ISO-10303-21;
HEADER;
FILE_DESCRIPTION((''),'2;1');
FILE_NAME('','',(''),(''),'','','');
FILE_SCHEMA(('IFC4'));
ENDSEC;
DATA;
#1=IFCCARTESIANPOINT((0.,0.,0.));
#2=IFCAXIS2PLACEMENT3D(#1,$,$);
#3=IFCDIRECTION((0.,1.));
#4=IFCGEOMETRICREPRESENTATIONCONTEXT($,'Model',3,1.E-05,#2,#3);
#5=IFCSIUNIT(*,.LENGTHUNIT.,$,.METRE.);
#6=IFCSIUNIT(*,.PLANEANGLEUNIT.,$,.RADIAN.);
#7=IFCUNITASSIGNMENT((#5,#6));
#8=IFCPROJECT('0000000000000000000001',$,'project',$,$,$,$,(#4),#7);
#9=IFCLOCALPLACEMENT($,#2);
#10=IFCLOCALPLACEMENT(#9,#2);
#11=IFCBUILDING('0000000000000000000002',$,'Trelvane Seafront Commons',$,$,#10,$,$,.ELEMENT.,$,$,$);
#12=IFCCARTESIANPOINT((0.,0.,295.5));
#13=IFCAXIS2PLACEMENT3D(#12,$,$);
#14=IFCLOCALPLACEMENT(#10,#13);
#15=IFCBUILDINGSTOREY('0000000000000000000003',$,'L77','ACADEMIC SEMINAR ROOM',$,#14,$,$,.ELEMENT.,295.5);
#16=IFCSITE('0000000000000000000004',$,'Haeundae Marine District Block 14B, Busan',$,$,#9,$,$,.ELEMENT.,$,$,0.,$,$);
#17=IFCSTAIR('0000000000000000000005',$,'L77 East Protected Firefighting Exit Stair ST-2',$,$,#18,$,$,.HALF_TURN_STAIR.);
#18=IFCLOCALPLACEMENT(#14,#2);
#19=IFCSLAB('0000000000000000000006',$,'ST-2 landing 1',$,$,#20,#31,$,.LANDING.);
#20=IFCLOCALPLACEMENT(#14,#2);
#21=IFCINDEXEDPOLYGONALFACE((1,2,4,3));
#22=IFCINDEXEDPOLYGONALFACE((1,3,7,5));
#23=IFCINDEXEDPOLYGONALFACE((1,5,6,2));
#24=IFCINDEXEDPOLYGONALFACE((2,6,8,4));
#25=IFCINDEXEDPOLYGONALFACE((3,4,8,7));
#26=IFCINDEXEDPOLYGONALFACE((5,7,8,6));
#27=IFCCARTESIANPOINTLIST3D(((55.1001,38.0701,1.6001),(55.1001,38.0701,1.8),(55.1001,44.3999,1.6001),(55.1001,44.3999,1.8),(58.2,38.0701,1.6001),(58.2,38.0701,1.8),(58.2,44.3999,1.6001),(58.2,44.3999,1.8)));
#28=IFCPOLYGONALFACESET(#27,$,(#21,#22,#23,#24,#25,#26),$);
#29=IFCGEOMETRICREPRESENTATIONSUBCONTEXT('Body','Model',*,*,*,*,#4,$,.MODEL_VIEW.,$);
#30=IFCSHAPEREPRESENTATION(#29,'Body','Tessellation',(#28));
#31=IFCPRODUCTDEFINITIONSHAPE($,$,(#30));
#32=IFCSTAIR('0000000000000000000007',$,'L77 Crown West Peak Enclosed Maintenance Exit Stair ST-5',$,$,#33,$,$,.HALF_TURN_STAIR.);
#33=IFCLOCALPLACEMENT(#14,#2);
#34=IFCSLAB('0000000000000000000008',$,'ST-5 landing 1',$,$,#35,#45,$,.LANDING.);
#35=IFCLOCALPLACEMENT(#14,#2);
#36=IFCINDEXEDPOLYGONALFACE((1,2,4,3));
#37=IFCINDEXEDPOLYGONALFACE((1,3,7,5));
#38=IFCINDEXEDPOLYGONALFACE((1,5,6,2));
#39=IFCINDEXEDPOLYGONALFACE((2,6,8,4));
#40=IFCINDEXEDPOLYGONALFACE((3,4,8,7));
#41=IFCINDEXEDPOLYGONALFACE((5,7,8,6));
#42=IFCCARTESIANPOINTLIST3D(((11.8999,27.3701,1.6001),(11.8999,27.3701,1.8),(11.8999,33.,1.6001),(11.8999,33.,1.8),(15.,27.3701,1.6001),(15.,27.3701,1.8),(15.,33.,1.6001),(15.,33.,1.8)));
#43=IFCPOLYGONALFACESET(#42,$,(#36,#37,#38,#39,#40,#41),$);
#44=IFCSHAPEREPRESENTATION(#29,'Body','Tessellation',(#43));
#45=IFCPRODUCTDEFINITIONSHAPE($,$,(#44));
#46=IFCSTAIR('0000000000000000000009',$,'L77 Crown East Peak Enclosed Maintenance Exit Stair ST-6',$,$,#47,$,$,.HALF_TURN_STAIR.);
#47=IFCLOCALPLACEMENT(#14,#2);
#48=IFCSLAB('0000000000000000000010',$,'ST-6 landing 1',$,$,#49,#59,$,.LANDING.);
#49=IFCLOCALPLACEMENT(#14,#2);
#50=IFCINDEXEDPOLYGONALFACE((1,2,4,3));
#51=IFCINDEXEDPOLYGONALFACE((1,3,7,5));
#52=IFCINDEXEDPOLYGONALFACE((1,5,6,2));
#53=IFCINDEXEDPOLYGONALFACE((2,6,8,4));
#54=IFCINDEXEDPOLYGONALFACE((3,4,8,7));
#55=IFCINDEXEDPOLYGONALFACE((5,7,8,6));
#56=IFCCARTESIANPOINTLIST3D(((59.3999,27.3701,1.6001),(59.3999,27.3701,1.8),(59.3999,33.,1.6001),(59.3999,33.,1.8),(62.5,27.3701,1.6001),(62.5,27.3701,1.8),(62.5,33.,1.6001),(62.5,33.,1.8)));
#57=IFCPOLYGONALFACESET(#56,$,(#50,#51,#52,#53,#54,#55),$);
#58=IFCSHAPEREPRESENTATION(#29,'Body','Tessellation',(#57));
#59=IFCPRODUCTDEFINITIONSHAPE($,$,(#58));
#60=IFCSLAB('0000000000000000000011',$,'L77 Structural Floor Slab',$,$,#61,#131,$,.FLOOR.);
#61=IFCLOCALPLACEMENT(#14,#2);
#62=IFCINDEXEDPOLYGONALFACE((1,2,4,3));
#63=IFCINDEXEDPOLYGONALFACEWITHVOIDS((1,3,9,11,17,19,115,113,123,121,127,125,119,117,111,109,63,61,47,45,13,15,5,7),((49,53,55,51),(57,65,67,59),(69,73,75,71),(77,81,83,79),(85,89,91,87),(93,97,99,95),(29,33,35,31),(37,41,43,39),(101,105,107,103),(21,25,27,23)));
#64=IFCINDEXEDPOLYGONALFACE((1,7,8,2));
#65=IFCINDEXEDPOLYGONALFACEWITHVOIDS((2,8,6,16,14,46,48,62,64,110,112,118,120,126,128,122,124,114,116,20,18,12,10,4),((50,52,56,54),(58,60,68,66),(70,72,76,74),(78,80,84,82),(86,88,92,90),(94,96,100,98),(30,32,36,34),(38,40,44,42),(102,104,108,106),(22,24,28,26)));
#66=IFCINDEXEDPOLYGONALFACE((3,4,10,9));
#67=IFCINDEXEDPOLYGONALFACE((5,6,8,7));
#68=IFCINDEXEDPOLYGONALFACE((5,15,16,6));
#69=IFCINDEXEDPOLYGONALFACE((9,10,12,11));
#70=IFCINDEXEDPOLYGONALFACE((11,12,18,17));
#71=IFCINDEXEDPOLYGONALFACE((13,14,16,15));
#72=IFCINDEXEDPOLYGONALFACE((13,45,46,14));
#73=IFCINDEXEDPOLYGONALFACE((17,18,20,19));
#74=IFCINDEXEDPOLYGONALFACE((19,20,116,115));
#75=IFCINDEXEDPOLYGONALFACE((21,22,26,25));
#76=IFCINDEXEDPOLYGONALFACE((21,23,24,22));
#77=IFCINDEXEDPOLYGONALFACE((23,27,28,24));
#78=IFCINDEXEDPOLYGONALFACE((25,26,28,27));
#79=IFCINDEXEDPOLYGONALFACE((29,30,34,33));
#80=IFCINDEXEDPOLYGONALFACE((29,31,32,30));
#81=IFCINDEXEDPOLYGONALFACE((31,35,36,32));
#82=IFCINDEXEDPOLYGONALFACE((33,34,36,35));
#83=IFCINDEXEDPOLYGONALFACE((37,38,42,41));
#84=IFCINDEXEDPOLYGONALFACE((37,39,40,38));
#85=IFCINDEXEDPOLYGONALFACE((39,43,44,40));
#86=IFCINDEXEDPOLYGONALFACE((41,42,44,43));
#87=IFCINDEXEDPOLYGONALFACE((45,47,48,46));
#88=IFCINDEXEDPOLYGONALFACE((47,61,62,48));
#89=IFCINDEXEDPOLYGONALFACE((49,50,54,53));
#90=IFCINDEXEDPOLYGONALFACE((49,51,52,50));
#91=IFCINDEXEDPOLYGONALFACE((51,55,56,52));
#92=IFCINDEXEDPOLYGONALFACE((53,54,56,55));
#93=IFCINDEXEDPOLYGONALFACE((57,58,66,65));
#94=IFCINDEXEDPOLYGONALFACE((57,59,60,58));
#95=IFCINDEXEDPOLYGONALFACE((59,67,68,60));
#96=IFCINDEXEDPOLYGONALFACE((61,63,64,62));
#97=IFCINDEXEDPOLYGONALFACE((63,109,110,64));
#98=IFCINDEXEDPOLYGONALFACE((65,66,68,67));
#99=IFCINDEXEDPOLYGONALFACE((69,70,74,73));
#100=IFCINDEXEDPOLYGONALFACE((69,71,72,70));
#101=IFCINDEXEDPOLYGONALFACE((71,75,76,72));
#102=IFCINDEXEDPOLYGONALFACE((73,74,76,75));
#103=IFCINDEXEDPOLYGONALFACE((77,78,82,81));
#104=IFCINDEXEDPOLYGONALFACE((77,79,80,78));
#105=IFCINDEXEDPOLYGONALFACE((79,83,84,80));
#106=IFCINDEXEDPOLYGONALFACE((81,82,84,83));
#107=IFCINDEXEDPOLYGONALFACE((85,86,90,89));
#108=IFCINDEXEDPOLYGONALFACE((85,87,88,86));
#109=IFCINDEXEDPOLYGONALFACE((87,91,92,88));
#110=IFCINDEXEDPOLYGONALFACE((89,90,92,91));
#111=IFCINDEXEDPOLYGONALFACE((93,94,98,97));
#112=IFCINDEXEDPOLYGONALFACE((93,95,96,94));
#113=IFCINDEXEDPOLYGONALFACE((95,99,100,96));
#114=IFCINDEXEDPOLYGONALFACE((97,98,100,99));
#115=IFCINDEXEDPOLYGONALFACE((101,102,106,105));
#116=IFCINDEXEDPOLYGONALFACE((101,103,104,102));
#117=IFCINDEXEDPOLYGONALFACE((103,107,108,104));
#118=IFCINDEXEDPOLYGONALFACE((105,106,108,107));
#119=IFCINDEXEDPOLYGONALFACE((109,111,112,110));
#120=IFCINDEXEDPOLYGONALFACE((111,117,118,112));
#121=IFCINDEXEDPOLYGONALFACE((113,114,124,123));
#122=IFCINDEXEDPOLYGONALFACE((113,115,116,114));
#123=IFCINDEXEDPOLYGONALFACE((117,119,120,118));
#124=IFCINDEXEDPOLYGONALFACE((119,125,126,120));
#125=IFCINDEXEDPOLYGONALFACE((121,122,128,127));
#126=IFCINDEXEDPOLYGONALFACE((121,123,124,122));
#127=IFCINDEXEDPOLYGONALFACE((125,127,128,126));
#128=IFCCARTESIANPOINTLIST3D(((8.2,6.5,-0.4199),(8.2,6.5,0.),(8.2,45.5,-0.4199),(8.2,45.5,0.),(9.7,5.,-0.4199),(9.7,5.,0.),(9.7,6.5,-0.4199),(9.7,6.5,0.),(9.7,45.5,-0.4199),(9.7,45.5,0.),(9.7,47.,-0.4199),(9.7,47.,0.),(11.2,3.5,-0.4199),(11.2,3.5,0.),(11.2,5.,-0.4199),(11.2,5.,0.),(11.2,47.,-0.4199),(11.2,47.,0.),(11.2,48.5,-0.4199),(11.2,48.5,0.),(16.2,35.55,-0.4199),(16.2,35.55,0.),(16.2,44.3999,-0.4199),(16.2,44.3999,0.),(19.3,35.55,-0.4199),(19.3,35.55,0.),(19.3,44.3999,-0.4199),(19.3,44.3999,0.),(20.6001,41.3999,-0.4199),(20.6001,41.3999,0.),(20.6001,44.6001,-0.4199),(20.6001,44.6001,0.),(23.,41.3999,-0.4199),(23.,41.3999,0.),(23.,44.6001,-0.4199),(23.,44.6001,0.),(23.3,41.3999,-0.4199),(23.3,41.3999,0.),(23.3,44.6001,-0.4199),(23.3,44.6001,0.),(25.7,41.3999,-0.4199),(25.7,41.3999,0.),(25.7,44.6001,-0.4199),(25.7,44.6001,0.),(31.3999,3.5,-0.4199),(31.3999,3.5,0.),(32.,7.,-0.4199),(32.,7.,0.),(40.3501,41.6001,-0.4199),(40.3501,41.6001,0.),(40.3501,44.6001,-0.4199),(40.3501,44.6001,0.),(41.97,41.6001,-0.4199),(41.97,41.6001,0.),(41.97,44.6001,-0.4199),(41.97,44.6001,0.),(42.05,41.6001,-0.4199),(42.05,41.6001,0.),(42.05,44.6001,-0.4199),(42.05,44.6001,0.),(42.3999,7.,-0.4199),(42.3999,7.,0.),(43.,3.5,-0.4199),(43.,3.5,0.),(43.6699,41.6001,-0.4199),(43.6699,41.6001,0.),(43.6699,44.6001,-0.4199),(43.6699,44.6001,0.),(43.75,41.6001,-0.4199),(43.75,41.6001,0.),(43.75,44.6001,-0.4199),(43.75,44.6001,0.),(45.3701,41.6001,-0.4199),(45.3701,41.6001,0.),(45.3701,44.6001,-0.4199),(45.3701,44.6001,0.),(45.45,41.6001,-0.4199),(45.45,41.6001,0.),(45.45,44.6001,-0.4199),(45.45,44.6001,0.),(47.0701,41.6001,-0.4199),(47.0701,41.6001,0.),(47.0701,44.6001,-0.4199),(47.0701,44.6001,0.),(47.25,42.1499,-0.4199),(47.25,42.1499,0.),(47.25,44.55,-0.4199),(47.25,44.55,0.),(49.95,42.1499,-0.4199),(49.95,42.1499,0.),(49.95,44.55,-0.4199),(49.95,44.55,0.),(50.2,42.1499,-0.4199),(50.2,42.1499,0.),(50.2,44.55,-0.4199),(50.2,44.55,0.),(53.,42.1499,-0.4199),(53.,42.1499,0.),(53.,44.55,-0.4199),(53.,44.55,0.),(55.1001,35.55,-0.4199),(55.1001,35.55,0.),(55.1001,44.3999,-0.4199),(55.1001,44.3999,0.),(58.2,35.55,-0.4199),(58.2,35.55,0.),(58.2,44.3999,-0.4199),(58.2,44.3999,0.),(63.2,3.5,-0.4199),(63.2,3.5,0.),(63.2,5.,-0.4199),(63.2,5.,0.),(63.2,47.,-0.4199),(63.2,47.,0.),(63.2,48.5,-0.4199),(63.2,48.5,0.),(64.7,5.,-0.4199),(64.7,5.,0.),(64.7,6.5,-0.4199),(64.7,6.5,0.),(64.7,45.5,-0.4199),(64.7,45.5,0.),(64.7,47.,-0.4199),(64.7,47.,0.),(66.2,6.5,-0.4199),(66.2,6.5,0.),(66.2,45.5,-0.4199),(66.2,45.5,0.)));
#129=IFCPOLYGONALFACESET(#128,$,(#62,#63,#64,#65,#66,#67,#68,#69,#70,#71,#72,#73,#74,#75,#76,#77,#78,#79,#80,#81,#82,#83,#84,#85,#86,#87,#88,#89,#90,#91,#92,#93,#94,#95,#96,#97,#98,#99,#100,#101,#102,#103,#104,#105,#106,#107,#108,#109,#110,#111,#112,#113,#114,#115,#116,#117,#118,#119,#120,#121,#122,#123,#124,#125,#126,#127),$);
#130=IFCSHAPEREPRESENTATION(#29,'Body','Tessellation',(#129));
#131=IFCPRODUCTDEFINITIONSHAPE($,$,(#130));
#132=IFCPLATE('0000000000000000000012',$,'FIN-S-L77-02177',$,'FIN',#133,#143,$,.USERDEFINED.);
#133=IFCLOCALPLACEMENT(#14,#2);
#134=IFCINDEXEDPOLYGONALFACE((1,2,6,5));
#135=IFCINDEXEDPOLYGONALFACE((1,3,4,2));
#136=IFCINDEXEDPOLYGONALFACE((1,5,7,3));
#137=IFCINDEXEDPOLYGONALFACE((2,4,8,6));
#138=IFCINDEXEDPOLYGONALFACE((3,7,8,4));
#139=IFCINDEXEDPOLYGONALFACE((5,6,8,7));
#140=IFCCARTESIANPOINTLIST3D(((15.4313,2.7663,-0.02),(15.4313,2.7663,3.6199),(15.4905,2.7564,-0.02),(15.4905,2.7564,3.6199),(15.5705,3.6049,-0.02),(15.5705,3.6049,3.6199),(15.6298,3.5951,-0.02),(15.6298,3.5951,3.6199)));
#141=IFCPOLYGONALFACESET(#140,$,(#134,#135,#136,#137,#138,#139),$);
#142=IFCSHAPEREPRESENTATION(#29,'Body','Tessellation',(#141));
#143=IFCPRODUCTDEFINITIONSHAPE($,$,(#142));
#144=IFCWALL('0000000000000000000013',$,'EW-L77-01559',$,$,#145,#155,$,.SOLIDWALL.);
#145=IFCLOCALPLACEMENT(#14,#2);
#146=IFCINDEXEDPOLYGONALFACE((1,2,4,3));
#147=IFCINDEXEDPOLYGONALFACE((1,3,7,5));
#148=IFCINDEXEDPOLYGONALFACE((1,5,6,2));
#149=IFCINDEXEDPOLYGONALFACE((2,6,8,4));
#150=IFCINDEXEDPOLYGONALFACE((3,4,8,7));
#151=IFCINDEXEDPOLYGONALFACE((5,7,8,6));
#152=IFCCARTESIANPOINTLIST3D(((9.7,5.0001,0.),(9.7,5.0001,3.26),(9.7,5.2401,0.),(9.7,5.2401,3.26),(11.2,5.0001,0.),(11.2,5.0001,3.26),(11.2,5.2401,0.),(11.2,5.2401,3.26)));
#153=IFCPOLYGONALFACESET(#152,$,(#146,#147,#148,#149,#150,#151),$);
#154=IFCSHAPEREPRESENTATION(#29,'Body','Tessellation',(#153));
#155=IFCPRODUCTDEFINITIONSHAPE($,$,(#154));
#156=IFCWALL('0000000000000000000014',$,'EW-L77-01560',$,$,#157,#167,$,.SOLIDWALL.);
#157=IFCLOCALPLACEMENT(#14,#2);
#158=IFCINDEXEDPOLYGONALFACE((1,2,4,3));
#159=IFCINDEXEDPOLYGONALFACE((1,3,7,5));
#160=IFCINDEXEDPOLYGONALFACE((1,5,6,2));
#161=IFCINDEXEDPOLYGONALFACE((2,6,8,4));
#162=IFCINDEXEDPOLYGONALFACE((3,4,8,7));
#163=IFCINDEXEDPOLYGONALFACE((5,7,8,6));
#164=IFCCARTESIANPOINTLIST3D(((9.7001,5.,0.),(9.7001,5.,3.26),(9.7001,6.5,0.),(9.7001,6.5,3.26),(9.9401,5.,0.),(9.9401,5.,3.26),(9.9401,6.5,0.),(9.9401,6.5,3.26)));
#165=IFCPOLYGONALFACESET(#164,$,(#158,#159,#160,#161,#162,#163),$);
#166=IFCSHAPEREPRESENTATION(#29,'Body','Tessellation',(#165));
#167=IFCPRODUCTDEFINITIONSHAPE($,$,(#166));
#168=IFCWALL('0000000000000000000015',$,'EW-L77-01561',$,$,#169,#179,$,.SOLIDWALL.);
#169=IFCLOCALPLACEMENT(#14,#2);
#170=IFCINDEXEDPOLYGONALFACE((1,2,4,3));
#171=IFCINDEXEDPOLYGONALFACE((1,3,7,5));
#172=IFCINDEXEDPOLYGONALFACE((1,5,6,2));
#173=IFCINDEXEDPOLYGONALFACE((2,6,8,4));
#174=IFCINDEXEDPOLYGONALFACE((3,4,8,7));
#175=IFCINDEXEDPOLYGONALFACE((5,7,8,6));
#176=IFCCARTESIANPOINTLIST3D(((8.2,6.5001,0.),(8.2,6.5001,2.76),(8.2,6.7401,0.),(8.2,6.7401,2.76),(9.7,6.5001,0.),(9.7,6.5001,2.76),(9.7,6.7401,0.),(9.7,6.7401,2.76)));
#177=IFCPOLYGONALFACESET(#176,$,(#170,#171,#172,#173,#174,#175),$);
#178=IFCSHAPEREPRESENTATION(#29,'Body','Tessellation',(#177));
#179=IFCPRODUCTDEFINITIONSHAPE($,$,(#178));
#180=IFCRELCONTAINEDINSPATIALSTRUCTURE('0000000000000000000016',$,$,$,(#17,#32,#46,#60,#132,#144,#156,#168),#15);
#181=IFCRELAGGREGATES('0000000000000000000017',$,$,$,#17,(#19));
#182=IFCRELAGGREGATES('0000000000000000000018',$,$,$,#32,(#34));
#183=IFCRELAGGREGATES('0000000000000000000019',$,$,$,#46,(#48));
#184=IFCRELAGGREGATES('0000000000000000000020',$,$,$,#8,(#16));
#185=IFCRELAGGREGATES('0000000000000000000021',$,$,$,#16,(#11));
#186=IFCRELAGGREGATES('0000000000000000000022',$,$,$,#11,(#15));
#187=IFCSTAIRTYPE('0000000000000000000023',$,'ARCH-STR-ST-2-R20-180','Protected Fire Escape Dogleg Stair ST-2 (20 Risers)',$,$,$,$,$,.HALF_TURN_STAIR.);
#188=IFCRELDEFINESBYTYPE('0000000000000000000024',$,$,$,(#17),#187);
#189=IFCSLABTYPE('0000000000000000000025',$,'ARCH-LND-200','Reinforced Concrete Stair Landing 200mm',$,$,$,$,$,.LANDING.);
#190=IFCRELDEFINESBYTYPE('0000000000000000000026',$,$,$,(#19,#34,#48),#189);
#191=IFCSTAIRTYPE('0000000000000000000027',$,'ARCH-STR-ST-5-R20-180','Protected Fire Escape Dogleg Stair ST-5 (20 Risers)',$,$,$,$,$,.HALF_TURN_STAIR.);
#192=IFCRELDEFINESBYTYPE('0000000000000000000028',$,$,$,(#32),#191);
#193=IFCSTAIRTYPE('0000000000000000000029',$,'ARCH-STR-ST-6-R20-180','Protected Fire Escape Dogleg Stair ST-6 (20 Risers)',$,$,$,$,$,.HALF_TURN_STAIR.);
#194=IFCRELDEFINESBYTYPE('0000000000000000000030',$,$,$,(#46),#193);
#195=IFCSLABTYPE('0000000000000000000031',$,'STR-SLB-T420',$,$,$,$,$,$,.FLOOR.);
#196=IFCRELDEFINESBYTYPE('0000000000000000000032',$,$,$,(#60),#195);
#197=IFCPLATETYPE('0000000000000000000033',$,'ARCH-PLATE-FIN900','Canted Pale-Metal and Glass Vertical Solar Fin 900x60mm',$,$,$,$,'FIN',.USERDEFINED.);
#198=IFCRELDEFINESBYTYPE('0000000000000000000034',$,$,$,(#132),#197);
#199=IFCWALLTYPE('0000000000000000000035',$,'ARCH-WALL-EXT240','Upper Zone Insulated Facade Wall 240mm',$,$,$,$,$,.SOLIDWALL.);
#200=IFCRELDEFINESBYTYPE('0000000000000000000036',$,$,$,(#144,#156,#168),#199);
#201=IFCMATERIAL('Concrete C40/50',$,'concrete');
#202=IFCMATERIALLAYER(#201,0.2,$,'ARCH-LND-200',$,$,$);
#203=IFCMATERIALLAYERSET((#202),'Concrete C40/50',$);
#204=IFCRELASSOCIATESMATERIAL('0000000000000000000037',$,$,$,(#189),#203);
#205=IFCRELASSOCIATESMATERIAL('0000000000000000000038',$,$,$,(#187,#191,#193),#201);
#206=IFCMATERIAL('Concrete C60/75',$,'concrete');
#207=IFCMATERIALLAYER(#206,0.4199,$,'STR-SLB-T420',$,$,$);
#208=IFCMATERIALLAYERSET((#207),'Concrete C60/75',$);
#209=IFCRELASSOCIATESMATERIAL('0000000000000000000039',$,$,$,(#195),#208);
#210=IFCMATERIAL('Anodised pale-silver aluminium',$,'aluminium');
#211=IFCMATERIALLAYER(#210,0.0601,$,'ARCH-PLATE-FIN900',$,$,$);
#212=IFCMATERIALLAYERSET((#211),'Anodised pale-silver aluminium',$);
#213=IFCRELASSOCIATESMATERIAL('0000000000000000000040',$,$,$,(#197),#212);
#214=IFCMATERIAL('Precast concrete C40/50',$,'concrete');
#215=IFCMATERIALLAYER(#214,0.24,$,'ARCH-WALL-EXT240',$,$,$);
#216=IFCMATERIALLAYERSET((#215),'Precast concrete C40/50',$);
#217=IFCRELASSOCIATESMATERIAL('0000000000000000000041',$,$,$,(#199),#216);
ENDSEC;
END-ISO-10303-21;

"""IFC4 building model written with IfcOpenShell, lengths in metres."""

from ifc_helpers import new_model, si_unit, direction, frame, frame_2d, origin, origin_2d, place, context, subcontext, project, spatial, polyline, rectangle, outline, extrude, source, transform, mapped, material, layer, layer_set, type_object, element, aggregate, save


model = new_model("IFC4")

# Units and contexts
model_context = context("Model", 3, precision=1e-05, world=origin(), true_north=direction((0.0, 1.0)))
body_context = subcontext(model_context, "Body", "Model", "MODEL_VIEW")
ifc_project = project(units=[si_unit("LENGTHUNIT", "METRE"), si_unit("PLANEANGLEUNIT", "RADIAN")], contexts=[model_context])

# Site, building, storey
site_placement = place(None, origin())
site = spatial("IfcSite", under=ifc_project, at=site_placement, Name="Haeundae Marine District Block 14B, Busan", CompositionType="ELEMENT", RefElevation=0.0)
building_placement = place(site_placement, origin())
building = spatial("IfcBuilding", under=site, at=building_placement, Name="Trelvane Seafront Commons", CompositionType="ELEMENT")
storey_placement = place(building_placement, frame((0.0, 0.0, 295.5)))
storey = spatial("IfcBuildingStorey", under=building, at=storey_placement, Name="L77", Description="ACADEMIC SEMINAR ROOM", CompositionType="ELEMENT", Elevation=295.5)

# Shared definitions
ifc_material_1 = material(Name="Concrete C40/50", Category="concrete")

# Stairs, slabs
ifc_layer_1 = layer(ifc_material_1, 0.2, Name="ARCH-LND-200")
ifc_layer_set_1 = layer_set([ifc_layer_1], Name="Concrete C40/50")
slab_type_1 = type_object("IfcSlabType", Name="ARCH-LND-200", Description="Reinforced Concrete Stair Landing 200mm", PredefinedType="LANDING", material=ifc_layer_set_1)
stair_type_1 = type_object("IfcStairType", Name="ARCH-STR-ST-2-R20-180", Description="Protected Fire Escape Dogleg Stair ST-2 (20 Risers)", PredefinedType="HALF_TURN_STAIR", material=ifc_material_1)
stair_1_placement = place(storey_placement, origin())
stair_1 = element("IfcStair", 1, at=stair_1_placement, inside=storey, type_object=stair_type_1, Name="L77 East Protected Firefighting Exit Stair ST-2", PredefinedType="HALF_TURN_STAIR")
slab_1_placement = place(storey_placement, frame((0.0, 0.0, 1.6001)))
slab_1 = element("IfcSlab", 2, at=slab_1_placement, type_object=slab_type_1, Name="ST-2 landing 1", PredefinedType="LANDING", context=body_context, shape_type="SweptSolid", body=[
    extrude(outline(polyline([(58.2, 38.0701), (58.2, 44.3999), (55.1001, 44.3999), (55.1001, 38.0701), (58.2, 38.0701)])), origin(), (0.0, 0.0, 1.0), 0.2),
])
aggregate(stair_1, [slab_1])
stair_type_2 = type_object("IfcStairType", Name="ARCH-STR-ST-5-R20-180", Description="Protected Fire Escape Dogleg Stair ST-5 (20 Risers)", PredefinedType="HALF_TURN_STAIR", material=ifc_material_1)
stair_2_placement = place(storey_placement, origin())
stair_2 = element("IfcStair", 3, at=stair_2_placement, inside=storey, type_object=stair_type_2, Name="L77 Crown West Peak Enclosed Maintenance Exit Stair ST-5", PredefinedType="HALF_TURN_STAIR")
slab_2_placement = place(storey_placement, frame((0.0, 0.0, 1.6001)))
slab_2 = element("IfcSlab", 4, at=slab_2_placement, type_object=slab_type_1, Name="ST-5 landing 1", PredefinedType="LANDING", context=body_context, shape_type="SweptSolid", body=[
    extrude(outline(polyline([(15.0, 27.3701), (15.0, 33.0), (11.8999, 33.0), (11.8999, 27.3701), (15.0, 27.3701)])), origin(), (0.0, 0.0, 1.0), 0.2),
])
aggregate(stair_2, [slab_2])
stair_type_3 = type_object("IfcStairType", Name="ARCH-STR-ST-6-R20-180", Description="Protected Fire Escape Dogleg Stair ST-6 (20 Risers)", PredefinedType="HALF_TURN_STAIR", material=ifc_material_1)
stair_3_placement = place(storey_placement, origin())
stair_3 = element("IfcStair", 5, at=stair_3_placement, inside=storey, type_object=stair_type_3, Name="L77 Crown East Peak Enclosed Maintenance Exit Stair ST-6", PredefinedType="HALF_TURN_STAIR")
slab_3_placement = place(storey_placement, frame((0.0, 0.0, 1.6001)))
slab_3 = element("IfcSlab", 6, at=slab_3_placement, type_object=slab_type_1, Name="ST-6 landing 1", PredefinedType="LANDING", context=body_context, shape_type="SweptSolid", body=[
    extrude(outline(polyline([(62.5, 27.3701), (62.5, 33.0), (59.3999, 33.0), (59.3999, 27.3701), (62.5, 27.3701)])), origin(), (0.0, 0.0, 1.0), 0.2),
])
aggregate(stair_3, [slab_3])

# Slab
ifc_material_2 = material(Name="Concrete C60/75", Category="concrete")
ifc_layer_2 = layer(ifc_material_2, 0.4199, Name="STR-SLB-T420")
ifc_layer_set_2 = layer_set([ifc_layer_2], Name="Concrete C60/75")
slab_type_2 = type_object("IfcSlabType", Name="STR-SLB-T420", PredefinedType="FLOOR", material=ifc_layer_set_2)
slab_4_placement = place(storey_placement, frame((0.0, 0.0, -0.4199)))
element("IfcSlab", 7, at=slab_4_placement, inside=storey, type_object=slab_type_2, Name="L77 Structural Floor Slab", PredefinedType="FLOOR", context=body_context, shape_type="SweptSolid", body=[
    extrude(outline(polyline([(11.2, 3.5), (31.3999, 3.5), (32.0, 7.0), (42.3999, 7.0), (43.0, 3.5), (63.2, 3.5), (63.2, 5.0), (64.7, 5.0), (64.7, 6.5), (66.2, 6.5), (66.2, 45.5), (64.7, 45.5), (64.7, 47.0), (63.2, 47.0), (63.2, 48.5), (11.2, 48.5), (11.2, 47.0), (9.7, 47.0), (9.7, 45.5), (8.2, 45.5), (8.2, 6.5), (9.7, 6.5), (9.7, 5.0), (11.2, 5.0), (11.2, 3.5)]), holes=[polyline([(19.3, 35.55), (16.2, 35.55), (16.2, 44.3999), (19.3, 44.3999), (19.3, 35.55)]), polyline([(58.2, 35.55), (55.1001, 35.55), (55.1001, 44.3999), (58.2, 44.3999), (58.2, 35.55)]), polyline([(23.0, 41.3999), (20.6001, 41.3999), (20.6001, 44.6001), (23.0, 44.6001), (23.0, 41.3999)]), polyline([(23.3, 41.3999), (23.3, 44.6001), (25.7, 44.6001), (25.7, 41.3999), (23.3, 41.3999)]), polyline([(40.3501, 41.6001), (40.3501, 44.6001), (41.97, 44.6001), (41.97, 41.6001), (40.3501, 41.6001)]), polyline([(43.6699, 41.6001), (42.05, 41.6001), (42.05, 44.6001), (43.6699, 44.6001), (43.6699, 41.6001)]), polyline([(45.3701, 41.6001), (43.75, 41.6001), (43.75, 44.6001), (45.3701, 44.6001), (45.3701, 41.6001)]), polyline([(47.0701, 41.6001), (45.45, 41.6001), (45.45, 44.6001), (47.0701, 44.6001), (47.0701, 41.6001)]), polyline([(47.25, 42.1499), (47.25, 44.55), (49.95, 44.55), (49.95, 42.1499), (47.25, 42.1499)]), polyline([(50.2, 42.1499), (50.2, 44.55), (53.0, 44.55), (53.0, 42.1499), (50.2, 42.1499)])]), origin(), (0.0, 0.0, 1.0), 0.4199),
])

# Plate
ifc_material_3 = material(Name="Anodised pale-silver aluminium", Category="aluminium")
ifc_layer_3 = layer(ifc_material_3, 0.0601, Name="ARCH-PLATE-FIN900")
ifc_layer_set_3 = layer_set([ifc_layer_3], Name="Anodised pale-silver aluminium")
plate_type = type_object("IfcPlateType", Name="ARCH-PLATE-FIN900", Description="Canted Pale-Metal and Glass Vertical Solar Fin 900x60mm", ElementType="FIN", PredefinedType="USERDEFINED", material=ifc_layer_set_3)
shared_shape_1 = source(origin(), body_context, "Body", "SweptSolid", [
    extrude(rectangle(XDim=0.8501, YDim=0.0601, at=origin_2d()), origin(), (0.0, 0.0, 1.0), 3.6399),
])
plate_placement = place(storey_placement, frame((15.5305, 3.1807, -0.02), z_axis=(0.0, 0.0, 1.0), x_axis=(-0.16377, -0.986499, 0.0)))
element("IfcPlate", 8, at=plate_placement, inside=storey, type_object=plate_type, Name="FIN-S-L77-02177", ObjectType="FIN", PredefinedType="USERDEFINED", context=body_context, shape_type="MappedRepresentation", body=[
    mapped(shared_shape_1, transform((0.0, 0.0, 0.0), x_axis=(1.0, 0.0, 0.0), y_axis=(0.0, 1.0, 0.0), z_axis=(0.0, 0.0, 1.0), scale=1.0)),
])

# Walls
ifc_material_4 = material(Name="Precast concrete C40/50", Category="concrete")
ifc_layer_4 = layer(ifc_material_4, 0.24, Name="ARCH-WALL-EXT240")
ifc_layer_set_4 = layer_set([ifc_layer_4], Name="Precast concrete C40/50")
wall_type_1 = type_object("IfcWallType", Name="ARCH-WALL-EXT240", Description="Upper Zone Insulated Facade Wall 240mm", PredefinedType="SOLIDWALL", material=ifc_layer_set_4)
for number, where, z_axis, x_axis, name in (
    (9, (11.2, 5.1201, 0.0), (0.0, 0.0, 1.0), (-1.0, 0.0, 0.0), "EW-L77-01559"),
    (10, (9.8201, 5.0, 0.0), (0.0, 0.0, 1.0), (0.0, 1.0, 0.0), "EW-L77-01560"),
):
    element("IfcWall", number, at=place(storey_placement, frame(where, z_axis=z_axis, x_axis=x_axis)), inside=storey, type_object=wall_type_1, Name=name, PredefinedType="SOLIDWALL", context=body_context, shape_type="SweptSolid", body=[
        extrude(rectangle(XDim=1.5, YDim=0.24, at=frame_2d((0.75, 0.0))), origin(), (0.0, 0.0, 1.0), 3.26),
    ])
wall_1_placement = place(storey_placement, frame((9.7, 6.6201, 0.0), z_axis=(0.0, 0.0, 1.0), x_axis=(-1.0, 0.0, 0.0)))
element("IfcWall", 11, at=wall_1_placement, inside=storey, type_object=wall_type_1, Name="EW-L77-01561", PredefinedType="SOLIDWALL", context=body_context, shape_type="SweptSolid", body=[
    extrude(rectangle(XDim=1.5, YDim=0.24, at=frame_2d((0.75, 0.0))), origin(), (0.0, 0.0, 1.0), 2.76),
])

save(model, "model.ifc")
